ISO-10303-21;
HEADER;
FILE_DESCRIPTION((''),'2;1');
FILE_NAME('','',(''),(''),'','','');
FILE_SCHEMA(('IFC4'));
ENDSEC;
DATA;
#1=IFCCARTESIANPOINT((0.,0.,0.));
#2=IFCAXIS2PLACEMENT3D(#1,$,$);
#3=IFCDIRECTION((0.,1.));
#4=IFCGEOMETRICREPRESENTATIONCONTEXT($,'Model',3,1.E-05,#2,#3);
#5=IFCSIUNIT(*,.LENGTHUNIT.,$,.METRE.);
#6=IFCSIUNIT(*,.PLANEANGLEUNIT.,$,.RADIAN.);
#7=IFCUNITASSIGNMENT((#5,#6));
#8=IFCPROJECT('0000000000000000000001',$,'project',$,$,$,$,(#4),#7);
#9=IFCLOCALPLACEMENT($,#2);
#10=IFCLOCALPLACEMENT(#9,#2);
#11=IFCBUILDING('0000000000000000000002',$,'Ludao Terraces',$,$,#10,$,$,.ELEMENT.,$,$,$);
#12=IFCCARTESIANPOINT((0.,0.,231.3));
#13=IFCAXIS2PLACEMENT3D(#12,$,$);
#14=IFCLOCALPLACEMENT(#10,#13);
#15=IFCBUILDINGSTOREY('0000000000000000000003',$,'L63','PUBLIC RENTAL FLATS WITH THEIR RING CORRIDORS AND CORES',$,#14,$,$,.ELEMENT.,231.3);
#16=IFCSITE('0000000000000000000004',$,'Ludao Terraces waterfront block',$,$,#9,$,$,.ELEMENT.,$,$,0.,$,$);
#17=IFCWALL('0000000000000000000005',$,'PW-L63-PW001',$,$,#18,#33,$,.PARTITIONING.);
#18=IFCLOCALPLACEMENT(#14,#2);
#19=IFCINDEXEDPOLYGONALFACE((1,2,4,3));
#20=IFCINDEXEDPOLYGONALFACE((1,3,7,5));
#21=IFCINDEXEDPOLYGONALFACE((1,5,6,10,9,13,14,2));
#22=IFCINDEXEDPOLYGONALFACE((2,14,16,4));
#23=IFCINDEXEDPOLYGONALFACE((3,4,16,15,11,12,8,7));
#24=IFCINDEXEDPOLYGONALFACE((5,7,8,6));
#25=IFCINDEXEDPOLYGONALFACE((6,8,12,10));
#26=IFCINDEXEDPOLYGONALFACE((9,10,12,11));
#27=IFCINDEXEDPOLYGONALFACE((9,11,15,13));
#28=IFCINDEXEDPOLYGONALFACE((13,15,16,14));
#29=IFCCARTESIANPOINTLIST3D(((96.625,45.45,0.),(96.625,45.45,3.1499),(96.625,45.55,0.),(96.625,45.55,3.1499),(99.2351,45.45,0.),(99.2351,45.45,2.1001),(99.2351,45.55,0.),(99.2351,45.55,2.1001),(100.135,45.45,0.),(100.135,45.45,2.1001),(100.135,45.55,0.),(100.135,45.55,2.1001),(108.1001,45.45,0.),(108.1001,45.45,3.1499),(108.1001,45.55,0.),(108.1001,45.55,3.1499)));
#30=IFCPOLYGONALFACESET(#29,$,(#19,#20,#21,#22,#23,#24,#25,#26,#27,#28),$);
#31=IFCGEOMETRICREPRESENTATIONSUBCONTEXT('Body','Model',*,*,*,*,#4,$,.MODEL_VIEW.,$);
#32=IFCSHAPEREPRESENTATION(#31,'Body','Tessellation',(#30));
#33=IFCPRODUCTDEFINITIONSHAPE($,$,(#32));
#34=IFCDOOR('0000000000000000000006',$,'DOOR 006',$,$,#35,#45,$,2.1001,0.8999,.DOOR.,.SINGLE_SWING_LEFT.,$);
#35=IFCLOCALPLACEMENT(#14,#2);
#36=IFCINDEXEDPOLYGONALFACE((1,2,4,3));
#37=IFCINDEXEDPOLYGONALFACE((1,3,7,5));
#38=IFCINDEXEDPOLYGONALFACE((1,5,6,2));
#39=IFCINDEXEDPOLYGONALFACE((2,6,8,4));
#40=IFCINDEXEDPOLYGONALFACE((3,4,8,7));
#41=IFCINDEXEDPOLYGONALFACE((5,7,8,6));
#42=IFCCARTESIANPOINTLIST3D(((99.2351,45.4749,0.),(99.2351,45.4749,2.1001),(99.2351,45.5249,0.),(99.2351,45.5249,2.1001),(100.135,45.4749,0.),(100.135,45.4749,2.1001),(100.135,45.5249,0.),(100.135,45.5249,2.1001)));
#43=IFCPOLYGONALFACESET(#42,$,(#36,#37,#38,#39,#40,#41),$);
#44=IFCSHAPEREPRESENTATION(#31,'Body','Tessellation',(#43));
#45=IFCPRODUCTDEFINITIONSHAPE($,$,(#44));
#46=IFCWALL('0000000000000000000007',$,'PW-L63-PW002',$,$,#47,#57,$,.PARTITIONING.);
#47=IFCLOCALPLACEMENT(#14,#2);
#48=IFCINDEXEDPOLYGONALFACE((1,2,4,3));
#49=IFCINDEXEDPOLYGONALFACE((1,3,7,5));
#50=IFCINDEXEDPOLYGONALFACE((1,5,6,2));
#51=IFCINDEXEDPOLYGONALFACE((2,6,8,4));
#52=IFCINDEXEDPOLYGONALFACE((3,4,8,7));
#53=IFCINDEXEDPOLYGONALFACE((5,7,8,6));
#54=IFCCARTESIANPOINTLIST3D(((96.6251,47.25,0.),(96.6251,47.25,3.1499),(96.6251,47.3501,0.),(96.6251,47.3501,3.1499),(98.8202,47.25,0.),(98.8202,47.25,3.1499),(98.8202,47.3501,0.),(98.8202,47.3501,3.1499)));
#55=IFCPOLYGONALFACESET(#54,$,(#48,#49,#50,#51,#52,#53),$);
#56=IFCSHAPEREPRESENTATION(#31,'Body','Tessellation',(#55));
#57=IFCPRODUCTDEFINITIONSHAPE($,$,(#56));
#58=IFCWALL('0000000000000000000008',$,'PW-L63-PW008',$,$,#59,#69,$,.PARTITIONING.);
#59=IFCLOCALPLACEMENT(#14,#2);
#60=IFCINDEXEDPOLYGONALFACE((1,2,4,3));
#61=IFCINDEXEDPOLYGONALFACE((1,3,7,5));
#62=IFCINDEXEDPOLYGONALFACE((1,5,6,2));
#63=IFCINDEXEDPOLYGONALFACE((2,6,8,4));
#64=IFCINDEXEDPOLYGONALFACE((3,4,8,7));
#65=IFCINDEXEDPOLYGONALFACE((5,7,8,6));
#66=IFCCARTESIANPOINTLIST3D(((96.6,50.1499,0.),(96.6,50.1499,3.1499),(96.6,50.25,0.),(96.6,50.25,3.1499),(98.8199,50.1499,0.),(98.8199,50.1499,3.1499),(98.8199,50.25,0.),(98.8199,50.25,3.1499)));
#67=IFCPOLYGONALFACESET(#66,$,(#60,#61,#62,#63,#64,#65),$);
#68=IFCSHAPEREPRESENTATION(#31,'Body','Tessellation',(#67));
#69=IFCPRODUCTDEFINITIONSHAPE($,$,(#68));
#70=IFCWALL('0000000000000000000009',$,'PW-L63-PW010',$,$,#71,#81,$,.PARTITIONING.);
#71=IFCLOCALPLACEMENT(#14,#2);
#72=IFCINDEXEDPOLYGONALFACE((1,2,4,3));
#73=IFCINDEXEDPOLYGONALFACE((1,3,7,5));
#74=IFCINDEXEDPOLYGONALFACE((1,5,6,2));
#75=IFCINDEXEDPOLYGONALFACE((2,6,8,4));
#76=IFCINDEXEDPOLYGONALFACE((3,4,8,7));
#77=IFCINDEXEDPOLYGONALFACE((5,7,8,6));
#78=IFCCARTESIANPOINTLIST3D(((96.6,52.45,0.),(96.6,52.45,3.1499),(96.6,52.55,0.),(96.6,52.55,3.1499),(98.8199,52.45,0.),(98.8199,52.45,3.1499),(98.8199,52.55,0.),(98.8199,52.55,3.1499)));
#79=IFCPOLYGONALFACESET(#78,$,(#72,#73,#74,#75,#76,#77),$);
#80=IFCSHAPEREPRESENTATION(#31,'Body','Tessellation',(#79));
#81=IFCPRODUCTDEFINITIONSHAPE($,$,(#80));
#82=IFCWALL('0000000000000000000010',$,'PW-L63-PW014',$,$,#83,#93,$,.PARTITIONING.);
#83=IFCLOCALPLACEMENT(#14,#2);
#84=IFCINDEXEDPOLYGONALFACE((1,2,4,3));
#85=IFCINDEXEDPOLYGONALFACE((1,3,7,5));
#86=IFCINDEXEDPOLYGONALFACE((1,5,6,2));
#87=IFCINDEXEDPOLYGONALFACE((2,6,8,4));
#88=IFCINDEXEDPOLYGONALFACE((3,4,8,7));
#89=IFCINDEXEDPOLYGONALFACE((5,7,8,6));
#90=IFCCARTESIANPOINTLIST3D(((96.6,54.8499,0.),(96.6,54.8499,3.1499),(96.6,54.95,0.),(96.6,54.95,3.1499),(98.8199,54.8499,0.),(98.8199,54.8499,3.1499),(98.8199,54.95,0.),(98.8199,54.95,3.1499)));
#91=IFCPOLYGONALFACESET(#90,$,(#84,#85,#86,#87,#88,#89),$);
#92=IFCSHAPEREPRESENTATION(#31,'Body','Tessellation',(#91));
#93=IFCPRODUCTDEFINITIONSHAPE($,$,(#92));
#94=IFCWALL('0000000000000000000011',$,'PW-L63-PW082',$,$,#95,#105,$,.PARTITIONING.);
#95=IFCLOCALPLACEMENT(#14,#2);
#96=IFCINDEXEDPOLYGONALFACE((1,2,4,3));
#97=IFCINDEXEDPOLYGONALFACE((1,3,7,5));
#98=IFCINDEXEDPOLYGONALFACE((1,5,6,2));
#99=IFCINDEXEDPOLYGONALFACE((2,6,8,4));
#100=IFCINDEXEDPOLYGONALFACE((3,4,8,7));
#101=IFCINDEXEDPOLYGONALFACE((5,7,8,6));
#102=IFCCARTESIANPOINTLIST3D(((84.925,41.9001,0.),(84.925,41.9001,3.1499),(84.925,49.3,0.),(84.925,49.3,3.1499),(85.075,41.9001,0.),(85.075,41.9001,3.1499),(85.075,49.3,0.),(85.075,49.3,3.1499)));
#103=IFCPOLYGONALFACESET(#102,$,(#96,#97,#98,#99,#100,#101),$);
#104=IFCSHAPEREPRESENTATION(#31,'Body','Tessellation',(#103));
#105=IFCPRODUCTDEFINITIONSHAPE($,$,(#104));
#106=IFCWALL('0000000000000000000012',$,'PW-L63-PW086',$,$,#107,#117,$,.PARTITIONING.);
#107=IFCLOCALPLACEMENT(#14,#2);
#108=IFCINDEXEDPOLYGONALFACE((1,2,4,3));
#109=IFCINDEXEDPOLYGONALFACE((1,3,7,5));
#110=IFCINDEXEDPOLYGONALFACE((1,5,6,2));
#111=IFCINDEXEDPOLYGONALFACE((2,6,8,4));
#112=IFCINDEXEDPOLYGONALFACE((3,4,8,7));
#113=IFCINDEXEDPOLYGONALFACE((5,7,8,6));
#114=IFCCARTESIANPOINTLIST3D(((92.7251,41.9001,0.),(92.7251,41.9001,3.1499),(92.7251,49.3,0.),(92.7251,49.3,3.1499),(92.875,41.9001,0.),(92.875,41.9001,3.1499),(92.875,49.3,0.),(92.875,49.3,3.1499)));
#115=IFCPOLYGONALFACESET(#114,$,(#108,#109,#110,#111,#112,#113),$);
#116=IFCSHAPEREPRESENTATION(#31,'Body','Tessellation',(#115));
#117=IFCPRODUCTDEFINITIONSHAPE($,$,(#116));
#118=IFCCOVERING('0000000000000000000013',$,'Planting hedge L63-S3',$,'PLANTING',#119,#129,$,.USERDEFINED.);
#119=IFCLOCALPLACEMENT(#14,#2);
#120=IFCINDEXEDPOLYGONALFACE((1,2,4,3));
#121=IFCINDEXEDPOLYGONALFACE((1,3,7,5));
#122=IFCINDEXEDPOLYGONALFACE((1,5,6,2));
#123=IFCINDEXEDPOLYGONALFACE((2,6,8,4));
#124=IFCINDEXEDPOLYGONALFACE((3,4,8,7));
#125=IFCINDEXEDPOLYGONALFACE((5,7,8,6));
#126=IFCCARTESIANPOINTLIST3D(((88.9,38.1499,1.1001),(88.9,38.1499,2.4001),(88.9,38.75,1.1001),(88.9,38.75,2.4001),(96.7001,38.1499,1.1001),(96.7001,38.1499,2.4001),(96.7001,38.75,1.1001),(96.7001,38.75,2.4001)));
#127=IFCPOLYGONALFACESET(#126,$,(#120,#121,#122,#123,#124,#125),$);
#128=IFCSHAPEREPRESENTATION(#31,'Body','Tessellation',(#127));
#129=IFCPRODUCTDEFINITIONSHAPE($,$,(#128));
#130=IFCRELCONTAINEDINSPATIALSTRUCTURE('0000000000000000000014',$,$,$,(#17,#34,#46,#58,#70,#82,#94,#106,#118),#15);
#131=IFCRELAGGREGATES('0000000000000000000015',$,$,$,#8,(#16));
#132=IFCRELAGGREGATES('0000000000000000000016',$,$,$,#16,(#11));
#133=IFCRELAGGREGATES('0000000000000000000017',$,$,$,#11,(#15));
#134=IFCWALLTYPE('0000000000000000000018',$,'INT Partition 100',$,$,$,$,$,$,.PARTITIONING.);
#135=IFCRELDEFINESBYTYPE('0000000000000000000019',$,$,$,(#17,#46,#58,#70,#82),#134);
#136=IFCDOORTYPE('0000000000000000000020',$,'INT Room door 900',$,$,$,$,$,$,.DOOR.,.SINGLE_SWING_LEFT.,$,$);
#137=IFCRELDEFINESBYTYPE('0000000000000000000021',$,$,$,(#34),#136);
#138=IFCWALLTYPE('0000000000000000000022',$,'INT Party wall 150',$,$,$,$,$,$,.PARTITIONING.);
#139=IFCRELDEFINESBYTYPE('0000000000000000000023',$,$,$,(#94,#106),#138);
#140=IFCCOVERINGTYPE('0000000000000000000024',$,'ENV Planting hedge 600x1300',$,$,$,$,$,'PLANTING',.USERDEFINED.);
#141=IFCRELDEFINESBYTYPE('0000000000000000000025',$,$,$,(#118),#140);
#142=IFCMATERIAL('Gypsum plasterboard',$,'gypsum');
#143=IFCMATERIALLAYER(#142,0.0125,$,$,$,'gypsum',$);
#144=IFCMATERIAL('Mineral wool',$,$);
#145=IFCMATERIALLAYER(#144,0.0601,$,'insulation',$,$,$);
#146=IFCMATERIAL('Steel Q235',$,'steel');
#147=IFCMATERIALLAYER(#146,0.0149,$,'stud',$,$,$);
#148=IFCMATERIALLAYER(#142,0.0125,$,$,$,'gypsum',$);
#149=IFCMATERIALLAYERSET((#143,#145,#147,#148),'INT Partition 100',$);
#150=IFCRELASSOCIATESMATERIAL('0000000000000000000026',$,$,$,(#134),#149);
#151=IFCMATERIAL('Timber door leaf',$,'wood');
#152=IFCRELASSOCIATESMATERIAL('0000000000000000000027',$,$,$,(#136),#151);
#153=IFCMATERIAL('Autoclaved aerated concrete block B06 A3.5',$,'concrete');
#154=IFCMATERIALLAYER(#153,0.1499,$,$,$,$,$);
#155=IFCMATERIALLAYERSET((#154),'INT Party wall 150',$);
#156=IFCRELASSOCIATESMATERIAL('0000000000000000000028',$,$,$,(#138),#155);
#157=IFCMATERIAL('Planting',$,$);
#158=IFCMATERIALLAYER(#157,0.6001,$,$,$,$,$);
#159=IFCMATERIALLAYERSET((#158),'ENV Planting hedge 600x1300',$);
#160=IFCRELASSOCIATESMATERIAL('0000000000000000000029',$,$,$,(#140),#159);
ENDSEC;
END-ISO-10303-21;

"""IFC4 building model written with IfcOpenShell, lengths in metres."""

from ifc_helpers import new_model, si_unit, direction, frame, frame_2d, origin, origin_2d, place, context, subcontext, project, spatial, rectangle, extrude, material, layer, layer_set, type_object, element, fill, save


model = new_model("IFC4")

# Units and contexts
model_context = context("Model", 3, precision=1e-05, world=origin(), true_north=direction((0.0, 1.0)))
body_context = subcontext(model_context, "Body", "Model", "MODEL_VIEW")
ifc_project = project(units=[si_unit("LENGTHUNIT", "METRE"), si_unit("PLANEANGLEUNIT", "RADIAN")], contexts=[model_context])

# Site, building, storey
site_placement = place(None, origin())
site = spatial("IfcSite", under=ifc_project, at=site_placement, Name="Ludao Terraces waterfront block", CompositionType="ELEMENT", RefElevation=0.0)
building_placement = place(site_placement, origin())
building = spatial("IfcBuilding", under=site, at=building_placement, Name="Ludao Terraces", CompositionType="ELEMENT")
storey_placement = place(building_placement, frame((0.0, 0.0, 231.3)))
storey = spatial("IfcBuildingStorey", under=building, at=storey_placement, Name="L63", Description="PUBLIC RENTAL FLATS WITH THEIR RING CORRIDORS AND CORES", CompositionType="ELEMENT", Elevation=231.3)

# Shared definitions
ifc_material_1 = material(Name="Steel Q235", Category="steel")

# Shared definitions
ifc_material_2 = material(Name="Mineral wool")

# Wall, opening, door
ifc_material_3 = material(Name="Gypsum plasterboard", Category="gypsum")
ifc_layer_1 = layer(ifc_material_3, 0.0125, Category="gypsum")
ifc_layer_2 = layer(ifc_material_2, 0.0601, Name="insulation")
ifc_layer_3 = layer(ifc_material_1, 0.0149, Name="stud")
ifc_layer_4 = layer(ifc_material_3, 0.0125, Category="gypsum")
ifc_layer_set_1 = layer_set([ifc_layer_1, ifc_layer_2, ifc_layer_3, ifc_layer_4], Name="INT Partition 100")
wall_type_1 = type_object("IfcWallType", Name="INT Partition 100", PredefinedType="PARTITIONING", material=ifc_layer_set_1)
wall_1_placement = place(storey_placement, frame((96.625, 45.5, 0.0), z_axis=(0.0, 0.0, 1.0), x_axis=(1.0, 0.0, 0.0)))
wall_1 = element("IfcWall", 1, at=wall_1_placement, inside=storey, type_object=wall_type_1, Name="PW-L63-PW001", PredefinedType="PARTITIONING", context=body_context, shape_type="SweptSolid", body=[
    extrude(rectangle(XDim=11.4751, YDim=0.1001, at=frame_2d((5.7375, 0.0))), origin(), (0.0, 0.0, 1.0), 3.1499),
])
opening_1_placement = place(wall_1_placement, frame((2.6101, 0.0, 0.0)))
opening_1 = element("IfcOpeningElement", 2, at=opening_1_placement, cuts=wall_1, PredefinedType="OPENING", context=body_context, shape_type="SweptSolid", body=[
    extrude(rectangle(XDim=0.8999, YDim=2.1001, at=frame_2d((0.45, 1.05))), frame((0.0, 0.0601, 0.0), z_axis=(0.0, -1.0, 0.0), x_axis=(1.0, 0.0, 0.0)), (0.0, 0.0, 1.0), 0.1201),
])
ifc_material_4 = material(Name="Timber door leaf", Category="wood")
door_type_1 = type_object("IfcDoorType", Name="INT Room door 900", OperationType="SINGLE_SWING_LEFT", PredefinedType="DOOR", material=ifc_material_4)
door_1_placement = place(opening_1_placement, origin())
door_1 = element("IfcDoor", 3, at=door_1_placement, inside=storey, type_object=door_type_1, Name="DOOR 006", OperationType="SINGLE_SWING_LEFT", OverallHeight=2.1001, OverallWidth=0.8999, PredefinedType="DOOR", context=body_context, shape_type="SweptSolid", body=[
    extrude(rectangle(XDim=0.8999, YDim=2.1001, at=frame_2d((0.45, 1.05))), frame((0.0, 0.0249, 0.0), z_axis=(0.0, -1.0, 0.0), x_axis=(1.0, 0.0, 0.0)), (0.0, 0.0, 1.0), 0.05),
])
fill(opening_1, door_1)

# Walls
wall_2_placement = place(storey_placement, frame((96.625, 47.3, 0.0), z_axis=(0.0, 0.0, 1.0), x_axis=(1.0, 0.0, 0.0)))
element("IfcWall", 4, at=wall_2_placement, inside=storey, type_object=wall_type_1, Name="PW-L63-PW002", PredefinedType="PARTITIONING", context=body_context, shape_type="SweptSolid", body=[
    extrude(rectangle(XDim=2.1951, YDim=0.1001, at=frame_2d((1.0977, 0.0))), origin(), (0.0, 0.0, 1.0), 3.1499),
])
for number, where, z_axis, x_axis, name in (
    (5, (96.6001, 50.2, 0.0), (0.0, 0.0, 1.0), (1.0, 0.0, 0.0), "PW-L63-PW008"),
    (6, (96.6001, 52.5, 0.0), (0.0, 0.0, 1.0), (1.0, 0.0, 0.0), "PW-L63-PW010"),
    (7, (96.6001, 54.8999, 0.0), (0.0, 0.0, 1.0), (1.0, 0.0, 0.0), "PW-L63-PW014"),
):
    element("IfcWall", number, at=place(storey_placement, frame(where, z_axis=z_axis, x_axis=x_axis)), inside=storey, type_object=wall_type_1, Name=name, PredefinedType="PARTITIONING", context=body_context, shape_type="SweptSolid", body=[
        extrude(rectangle(XDim=2.22, YDim=0.1001, at=frame_2d((1.1099, 0.0))), origin(), (0.0, 0.0, 1.0), 3.1499),
    ])
ifc_material_5 = material(Name="Autoclaved aerated concrete block B06 A3.5", Category="concrete")
ifc_layer_5 = layer(ifc_material_5, 0.1499)
ifc_layer_set_2 = layer_set([ifc_layer_5], Name="INT Party wall 150")
wall_type_2 = type_object("IfcWallType", Name="INT Party wall 150", PredefinedType="PARTITIONING", material=ifc_layer_set_2)
for number, where, z_axis, x_axis, name in (
    (8, (85.0, 41.9001, 0.0), (0.0, 0.0, 1.0), (0.0, 1.0, 0.0), "PW-L63-PW082"),
    (9, (92.8, 41.9001, 0.0), (0.0, 0.0, 1.0), (0.0, 1.0, 0.0), "PW-L63-PW086"),
):
    element("IfcWall", number, at=place(storey_placement, frame(where, z_axis=z_axis, x_axis=x_axis)), inside=storey, type_object=wall_type_2, Name=name, PredefinedType="PARTITIONING", context=body_context, shape_type="SweptSolid", body=[
        extrude(rectangle(XDim=7.3999, YDim=0.1499, at=frame_2d((3.7, 0.0))), origin(), (0.0, 0.0, 1.0), 3.1499),
    ])

# Covering
ifc_material_6 = material(Name="Planting")
ifc_layer_6 = layer(ifc_material_6, 0.6001)
ifc_layer_set_3 = layer_set([ifc_layer_6], Name="ENV Planting hedge 600x1300")
covering_type = type_object("IfcCoveringType", Name="ENV Planting hedge 600x1300", ElementType="PLANTING", PredefinedType="USERDEFINED", material=ifc_layer_set_3)
covering_placement = place(storey_placement, frame((92.8, 38.45, 1.1001), z_axis=(0.0, 0.0, 1.0), x_axis=(1.0, 0.0, 0.0)))
element("IfcCovering", 10, at=covering_placement, inside=storey, type_object=covering_type, Name="Planting hedge L63-S3", ObjectType="PLANTING", PredefinedType="USERDEFINED", context=body_context, shape_type="SweptSolid", body=[
    extrude(rectangle(XDim=7.8, YDim=0.6001, at=origin_2d()), origin(), (0.0, 0.0, 1.0), 1.3),
])

save(model, "model.ifc")
